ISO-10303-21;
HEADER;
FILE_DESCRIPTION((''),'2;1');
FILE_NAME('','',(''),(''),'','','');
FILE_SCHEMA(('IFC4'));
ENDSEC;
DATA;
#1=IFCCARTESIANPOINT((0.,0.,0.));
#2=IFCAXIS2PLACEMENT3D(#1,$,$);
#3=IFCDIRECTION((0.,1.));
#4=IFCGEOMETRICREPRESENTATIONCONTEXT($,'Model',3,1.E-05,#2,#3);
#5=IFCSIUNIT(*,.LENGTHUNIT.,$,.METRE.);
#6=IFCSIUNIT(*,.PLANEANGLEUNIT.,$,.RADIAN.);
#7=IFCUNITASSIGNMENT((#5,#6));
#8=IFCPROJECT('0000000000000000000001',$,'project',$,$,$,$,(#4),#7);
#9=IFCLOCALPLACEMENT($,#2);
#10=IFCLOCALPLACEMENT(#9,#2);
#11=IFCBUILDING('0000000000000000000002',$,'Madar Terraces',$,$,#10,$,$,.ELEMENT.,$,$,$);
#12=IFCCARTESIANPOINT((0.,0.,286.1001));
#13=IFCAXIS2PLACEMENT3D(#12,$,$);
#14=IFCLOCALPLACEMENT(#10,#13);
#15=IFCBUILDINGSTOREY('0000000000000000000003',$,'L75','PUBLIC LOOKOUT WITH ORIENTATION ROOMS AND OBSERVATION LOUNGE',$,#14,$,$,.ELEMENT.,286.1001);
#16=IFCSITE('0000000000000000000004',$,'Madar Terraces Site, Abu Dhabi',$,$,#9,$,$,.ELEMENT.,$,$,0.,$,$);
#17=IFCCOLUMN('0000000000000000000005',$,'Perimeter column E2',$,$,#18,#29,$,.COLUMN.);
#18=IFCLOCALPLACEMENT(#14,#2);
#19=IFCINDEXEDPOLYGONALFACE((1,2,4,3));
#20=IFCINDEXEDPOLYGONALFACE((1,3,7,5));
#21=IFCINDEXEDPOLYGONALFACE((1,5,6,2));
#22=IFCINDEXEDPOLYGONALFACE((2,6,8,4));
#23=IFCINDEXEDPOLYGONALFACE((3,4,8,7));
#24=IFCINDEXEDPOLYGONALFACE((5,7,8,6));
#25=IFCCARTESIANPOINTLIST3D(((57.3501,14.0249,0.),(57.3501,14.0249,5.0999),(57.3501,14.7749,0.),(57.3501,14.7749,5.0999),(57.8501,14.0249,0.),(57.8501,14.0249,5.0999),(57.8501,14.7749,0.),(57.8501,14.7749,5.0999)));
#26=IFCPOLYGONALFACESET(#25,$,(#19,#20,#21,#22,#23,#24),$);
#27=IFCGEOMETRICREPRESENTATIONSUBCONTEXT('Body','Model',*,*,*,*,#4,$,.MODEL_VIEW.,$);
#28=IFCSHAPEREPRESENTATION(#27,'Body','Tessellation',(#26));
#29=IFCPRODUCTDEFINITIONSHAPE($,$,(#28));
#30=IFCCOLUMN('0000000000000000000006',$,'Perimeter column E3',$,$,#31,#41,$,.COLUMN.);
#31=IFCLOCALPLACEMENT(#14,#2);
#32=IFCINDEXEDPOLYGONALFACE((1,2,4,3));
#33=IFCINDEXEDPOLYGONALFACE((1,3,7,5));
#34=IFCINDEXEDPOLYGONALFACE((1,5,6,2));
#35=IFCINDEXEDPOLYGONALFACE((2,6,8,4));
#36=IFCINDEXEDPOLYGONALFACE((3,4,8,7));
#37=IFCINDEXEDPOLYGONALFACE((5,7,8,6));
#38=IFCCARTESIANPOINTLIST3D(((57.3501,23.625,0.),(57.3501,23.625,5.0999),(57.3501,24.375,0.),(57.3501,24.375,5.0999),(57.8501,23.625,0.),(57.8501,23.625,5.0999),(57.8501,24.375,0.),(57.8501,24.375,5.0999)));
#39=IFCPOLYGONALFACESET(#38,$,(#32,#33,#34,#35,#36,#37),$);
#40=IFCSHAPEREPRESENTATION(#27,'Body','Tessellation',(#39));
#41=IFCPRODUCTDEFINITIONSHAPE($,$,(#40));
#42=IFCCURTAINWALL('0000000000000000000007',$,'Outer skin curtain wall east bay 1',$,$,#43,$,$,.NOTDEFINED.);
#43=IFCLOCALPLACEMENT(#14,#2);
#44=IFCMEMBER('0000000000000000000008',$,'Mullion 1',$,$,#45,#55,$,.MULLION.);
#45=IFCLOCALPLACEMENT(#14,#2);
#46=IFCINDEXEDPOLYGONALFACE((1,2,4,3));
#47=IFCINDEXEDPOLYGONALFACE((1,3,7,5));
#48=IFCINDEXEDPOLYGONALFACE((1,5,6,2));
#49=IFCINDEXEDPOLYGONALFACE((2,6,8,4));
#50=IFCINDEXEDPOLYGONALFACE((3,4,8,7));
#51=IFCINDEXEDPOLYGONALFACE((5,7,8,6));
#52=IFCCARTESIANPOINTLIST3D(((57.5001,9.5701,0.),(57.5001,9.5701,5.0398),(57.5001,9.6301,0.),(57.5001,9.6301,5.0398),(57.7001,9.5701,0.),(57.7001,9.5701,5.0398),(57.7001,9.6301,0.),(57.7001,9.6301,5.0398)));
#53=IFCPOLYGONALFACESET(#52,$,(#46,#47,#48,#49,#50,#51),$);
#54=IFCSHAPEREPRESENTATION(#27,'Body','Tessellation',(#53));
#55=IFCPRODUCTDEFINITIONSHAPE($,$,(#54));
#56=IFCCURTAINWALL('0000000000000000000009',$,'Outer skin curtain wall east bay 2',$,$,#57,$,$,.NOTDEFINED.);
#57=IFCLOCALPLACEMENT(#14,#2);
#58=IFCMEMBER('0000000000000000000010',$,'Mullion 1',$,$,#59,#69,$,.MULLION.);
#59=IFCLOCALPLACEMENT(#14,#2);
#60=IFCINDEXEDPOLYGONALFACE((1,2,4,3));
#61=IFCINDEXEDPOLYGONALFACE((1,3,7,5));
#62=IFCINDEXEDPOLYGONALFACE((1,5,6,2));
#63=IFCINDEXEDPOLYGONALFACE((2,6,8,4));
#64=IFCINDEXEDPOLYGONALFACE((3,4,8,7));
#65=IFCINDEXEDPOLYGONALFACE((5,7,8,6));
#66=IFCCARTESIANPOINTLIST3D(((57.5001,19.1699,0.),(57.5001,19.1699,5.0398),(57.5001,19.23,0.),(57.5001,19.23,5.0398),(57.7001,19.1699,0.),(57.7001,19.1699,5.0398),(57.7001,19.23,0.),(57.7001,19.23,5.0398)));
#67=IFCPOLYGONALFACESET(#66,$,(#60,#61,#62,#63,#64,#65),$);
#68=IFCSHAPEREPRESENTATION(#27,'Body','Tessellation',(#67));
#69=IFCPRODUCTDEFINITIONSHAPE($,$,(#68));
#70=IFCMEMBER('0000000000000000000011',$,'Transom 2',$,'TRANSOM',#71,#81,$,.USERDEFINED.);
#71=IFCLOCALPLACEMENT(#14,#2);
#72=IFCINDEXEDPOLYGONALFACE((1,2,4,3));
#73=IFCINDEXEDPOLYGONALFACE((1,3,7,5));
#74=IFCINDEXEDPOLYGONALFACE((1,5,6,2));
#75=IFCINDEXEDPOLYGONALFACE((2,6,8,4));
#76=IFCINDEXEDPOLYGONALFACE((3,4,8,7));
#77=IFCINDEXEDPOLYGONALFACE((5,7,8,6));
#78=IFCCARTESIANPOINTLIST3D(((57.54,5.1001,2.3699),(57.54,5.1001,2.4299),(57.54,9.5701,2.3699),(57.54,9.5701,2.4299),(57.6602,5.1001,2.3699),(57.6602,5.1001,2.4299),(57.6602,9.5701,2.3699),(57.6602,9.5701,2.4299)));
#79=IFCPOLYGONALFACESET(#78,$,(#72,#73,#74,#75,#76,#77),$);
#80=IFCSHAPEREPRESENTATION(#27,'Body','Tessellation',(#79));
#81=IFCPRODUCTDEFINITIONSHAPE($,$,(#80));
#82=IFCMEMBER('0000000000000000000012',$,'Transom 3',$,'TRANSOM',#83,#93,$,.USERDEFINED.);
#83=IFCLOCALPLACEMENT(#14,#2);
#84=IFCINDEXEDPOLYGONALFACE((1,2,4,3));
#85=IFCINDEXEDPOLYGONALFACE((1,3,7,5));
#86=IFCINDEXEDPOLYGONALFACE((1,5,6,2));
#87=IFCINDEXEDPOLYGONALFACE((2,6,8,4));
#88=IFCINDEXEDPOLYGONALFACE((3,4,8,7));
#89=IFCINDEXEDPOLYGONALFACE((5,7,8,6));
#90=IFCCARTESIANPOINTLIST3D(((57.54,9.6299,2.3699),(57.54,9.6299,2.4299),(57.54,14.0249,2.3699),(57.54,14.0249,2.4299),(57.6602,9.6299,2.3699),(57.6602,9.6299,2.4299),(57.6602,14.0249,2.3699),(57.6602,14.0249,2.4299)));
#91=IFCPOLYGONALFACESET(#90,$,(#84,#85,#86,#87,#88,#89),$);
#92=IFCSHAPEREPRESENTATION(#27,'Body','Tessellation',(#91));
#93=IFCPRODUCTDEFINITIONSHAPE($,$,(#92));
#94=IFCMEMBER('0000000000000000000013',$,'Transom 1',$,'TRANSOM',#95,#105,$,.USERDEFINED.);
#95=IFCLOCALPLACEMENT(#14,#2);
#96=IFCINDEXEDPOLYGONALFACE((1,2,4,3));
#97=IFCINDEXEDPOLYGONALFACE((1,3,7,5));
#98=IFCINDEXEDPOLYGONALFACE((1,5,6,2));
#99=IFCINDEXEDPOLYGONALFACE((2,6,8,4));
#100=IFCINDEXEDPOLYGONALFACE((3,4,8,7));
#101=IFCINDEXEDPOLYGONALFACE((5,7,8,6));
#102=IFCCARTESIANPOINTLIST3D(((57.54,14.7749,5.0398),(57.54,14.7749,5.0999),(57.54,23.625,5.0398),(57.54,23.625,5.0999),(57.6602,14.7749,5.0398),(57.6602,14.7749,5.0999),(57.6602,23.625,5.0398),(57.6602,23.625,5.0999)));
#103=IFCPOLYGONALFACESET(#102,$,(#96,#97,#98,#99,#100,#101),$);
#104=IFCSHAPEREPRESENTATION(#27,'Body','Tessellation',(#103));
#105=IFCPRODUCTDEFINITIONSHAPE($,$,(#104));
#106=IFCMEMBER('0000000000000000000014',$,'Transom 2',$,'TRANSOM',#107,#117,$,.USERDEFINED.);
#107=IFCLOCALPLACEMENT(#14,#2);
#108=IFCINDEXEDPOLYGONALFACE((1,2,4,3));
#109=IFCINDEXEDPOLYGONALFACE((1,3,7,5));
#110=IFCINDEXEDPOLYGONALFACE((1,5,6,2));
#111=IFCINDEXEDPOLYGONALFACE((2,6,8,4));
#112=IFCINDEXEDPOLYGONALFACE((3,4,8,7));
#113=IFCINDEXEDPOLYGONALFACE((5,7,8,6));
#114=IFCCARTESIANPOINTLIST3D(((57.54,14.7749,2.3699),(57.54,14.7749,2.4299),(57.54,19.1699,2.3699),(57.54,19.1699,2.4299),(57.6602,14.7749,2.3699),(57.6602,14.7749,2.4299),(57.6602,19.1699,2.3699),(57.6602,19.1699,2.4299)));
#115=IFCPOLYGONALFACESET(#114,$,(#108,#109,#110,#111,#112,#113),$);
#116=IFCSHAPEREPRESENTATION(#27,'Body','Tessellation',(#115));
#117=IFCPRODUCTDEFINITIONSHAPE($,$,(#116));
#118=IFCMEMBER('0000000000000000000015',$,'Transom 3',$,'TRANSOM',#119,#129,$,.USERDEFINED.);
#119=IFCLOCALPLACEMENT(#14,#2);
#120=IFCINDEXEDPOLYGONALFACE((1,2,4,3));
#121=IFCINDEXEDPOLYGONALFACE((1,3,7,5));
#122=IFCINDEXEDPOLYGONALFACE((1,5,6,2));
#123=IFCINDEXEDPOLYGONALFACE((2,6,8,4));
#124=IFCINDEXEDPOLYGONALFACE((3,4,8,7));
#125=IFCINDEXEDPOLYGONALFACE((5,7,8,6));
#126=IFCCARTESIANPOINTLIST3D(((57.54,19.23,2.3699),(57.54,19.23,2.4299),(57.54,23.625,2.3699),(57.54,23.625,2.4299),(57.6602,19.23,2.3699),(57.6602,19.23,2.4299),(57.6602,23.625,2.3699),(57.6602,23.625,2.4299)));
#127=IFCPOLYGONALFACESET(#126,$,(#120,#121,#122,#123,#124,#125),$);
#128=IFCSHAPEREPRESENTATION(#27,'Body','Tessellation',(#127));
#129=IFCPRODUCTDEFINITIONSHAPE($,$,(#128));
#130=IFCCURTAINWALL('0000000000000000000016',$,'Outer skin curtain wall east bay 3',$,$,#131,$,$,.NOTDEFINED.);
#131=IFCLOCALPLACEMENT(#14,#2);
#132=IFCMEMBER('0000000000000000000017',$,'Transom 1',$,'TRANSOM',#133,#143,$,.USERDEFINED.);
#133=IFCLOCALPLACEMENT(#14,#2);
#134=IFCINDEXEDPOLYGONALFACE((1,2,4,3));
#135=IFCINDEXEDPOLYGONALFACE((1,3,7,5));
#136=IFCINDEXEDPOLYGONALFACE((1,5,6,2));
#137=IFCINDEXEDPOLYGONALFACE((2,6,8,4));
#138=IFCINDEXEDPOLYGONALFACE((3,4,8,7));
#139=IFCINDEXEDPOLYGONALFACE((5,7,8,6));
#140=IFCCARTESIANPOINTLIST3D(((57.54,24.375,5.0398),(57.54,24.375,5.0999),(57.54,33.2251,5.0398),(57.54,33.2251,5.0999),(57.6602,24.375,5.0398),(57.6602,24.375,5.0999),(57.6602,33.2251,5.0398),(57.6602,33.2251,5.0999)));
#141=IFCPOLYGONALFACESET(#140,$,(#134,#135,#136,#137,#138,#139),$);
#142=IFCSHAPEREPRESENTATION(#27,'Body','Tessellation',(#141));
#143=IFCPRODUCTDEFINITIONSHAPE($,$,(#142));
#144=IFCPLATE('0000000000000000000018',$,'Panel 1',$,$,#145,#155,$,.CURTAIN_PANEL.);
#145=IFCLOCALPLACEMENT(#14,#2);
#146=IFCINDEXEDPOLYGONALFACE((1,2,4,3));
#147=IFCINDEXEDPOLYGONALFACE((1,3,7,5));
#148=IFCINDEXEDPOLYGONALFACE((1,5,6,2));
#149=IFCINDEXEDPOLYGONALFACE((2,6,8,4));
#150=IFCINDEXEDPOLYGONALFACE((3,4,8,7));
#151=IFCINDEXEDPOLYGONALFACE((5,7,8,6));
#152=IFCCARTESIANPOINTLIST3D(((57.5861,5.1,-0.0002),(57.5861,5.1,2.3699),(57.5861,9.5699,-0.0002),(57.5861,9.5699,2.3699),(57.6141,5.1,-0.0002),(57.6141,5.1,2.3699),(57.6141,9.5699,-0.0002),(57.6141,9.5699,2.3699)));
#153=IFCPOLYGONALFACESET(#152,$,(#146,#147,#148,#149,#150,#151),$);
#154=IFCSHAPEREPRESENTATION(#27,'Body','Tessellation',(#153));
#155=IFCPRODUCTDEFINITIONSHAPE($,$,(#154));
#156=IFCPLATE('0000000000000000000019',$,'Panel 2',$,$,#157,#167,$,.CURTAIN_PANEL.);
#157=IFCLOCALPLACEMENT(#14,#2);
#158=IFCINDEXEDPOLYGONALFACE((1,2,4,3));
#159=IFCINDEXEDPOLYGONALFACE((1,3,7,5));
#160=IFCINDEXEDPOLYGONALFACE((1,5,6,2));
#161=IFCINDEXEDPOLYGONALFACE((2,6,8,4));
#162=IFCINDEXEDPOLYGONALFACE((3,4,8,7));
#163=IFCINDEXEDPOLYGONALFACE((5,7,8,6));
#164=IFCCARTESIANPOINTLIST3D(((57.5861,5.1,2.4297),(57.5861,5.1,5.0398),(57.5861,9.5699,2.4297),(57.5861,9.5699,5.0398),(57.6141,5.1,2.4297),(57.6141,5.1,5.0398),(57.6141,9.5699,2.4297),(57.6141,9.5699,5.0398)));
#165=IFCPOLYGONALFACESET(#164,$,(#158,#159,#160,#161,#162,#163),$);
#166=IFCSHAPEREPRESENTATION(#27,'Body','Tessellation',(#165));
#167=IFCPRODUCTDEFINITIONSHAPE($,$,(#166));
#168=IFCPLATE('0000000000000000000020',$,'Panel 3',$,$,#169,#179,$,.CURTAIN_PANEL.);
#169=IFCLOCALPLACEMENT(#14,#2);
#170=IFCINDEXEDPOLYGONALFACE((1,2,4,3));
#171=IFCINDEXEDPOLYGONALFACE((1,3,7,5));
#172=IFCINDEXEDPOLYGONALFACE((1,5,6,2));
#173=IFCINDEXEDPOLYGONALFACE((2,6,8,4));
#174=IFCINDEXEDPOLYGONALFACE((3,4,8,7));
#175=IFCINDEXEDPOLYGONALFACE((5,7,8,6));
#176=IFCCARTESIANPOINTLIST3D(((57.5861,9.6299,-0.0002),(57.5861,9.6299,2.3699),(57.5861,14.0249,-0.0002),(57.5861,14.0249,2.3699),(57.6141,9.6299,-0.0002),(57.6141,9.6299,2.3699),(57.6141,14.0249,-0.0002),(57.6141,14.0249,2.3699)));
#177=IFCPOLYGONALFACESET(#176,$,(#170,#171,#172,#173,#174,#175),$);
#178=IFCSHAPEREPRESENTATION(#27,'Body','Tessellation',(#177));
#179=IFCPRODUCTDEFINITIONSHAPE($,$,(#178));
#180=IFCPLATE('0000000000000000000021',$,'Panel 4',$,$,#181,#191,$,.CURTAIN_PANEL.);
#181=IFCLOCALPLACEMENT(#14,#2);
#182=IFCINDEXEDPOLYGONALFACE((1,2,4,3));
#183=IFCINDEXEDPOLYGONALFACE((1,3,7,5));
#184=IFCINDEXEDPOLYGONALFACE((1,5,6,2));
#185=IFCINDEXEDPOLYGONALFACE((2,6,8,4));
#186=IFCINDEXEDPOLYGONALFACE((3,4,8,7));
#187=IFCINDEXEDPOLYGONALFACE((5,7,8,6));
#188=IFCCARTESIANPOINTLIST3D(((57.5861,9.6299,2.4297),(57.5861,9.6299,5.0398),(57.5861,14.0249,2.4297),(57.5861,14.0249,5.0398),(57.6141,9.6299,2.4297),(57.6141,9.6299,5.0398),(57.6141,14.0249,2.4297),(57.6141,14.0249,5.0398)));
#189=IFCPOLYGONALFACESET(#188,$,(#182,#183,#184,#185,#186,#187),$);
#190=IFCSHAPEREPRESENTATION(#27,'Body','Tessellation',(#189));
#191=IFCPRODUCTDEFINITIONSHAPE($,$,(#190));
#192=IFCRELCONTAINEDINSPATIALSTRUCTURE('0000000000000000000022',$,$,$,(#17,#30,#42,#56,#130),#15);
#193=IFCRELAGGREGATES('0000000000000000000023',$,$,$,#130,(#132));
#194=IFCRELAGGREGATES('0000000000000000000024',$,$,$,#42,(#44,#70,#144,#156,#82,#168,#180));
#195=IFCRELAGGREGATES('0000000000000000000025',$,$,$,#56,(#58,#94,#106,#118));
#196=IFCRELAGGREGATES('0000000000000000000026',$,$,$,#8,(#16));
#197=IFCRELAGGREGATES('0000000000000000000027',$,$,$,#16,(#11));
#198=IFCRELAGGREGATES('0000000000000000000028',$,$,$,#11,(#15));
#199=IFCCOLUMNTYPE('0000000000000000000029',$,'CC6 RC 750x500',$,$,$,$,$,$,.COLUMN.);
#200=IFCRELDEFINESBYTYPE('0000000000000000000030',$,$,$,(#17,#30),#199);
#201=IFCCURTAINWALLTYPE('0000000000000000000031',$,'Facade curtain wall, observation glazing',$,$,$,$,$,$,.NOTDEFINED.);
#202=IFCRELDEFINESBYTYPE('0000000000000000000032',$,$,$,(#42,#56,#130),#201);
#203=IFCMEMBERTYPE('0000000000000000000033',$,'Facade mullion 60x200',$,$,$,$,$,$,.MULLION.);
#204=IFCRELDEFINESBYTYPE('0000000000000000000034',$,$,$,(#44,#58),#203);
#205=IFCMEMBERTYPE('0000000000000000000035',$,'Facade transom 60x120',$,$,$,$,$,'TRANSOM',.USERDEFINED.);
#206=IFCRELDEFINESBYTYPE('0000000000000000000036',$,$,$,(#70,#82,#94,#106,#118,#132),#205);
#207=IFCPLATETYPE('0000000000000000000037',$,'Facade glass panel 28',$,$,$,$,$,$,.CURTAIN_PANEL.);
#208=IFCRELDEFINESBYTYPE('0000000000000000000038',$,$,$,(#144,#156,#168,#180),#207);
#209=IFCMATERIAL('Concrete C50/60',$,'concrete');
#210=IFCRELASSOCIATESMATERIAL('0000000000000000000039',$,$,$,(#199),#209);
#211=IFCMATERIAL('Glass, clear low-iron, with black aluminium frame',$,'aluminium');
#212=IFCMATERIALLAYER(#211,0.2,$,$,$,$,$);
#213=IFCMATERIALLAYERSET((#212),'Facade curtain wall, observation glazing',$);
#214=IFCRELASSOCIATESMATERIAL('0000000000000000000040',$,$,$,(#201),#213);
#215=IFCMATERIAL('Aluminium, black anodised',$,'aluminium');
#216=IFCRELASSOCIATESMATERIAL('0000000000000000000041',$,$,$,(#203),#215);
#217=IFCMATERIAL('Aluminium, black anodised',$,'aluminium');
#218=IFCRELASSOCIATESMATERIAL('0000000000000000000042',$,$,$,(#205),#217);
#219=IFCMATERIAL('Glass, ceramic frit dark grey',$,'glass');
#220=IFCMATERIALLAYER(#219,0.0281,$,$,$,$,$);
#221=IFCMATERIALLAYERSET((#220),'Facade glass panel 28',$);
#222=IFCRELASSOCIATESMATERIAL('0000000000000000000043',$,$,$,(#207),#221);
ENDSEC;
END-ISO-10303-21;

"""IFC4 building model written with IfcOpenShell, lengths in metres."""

from ifc_helpers import new_model, si_unit, direction, frame, origin, origin_2d, place, context, subcontext, project, spatial, rectangle, extrude, material, layer, layer_set, material_profile, profile_set, type_object, element, aggregate, save


model = new_model("IFC4")

# Units and contexts
model_context = context("Model", 3, precision=1e-05, world=origin(), true_north=direction((0.0, 1.0)))
body_context = subcontext(model_context, "Body", "Model", "MODEL_VIEW")
ifc_project = project(units=[si_unit("LENGTHUNIT", "METRE"), si_unit("PLANEANGLEUNIT", "RADIAN")], contexts=[model_context])

# Site, building, storey
site_placement = place(None, origin())
site = spatial("IfcSite", under=ifc_project, at=site_placement, Name="Madar Terraces Site, Abu Dhabi", CompositionType="ELEMENT", RefElevation=0.0)
building_placement = place(site_placement, origin())
building = spatial("IfcBuilding", under=site, at=building_placement, Name="Madar Terraces", CompositionType="ELEMENT")
storey_placement = place(building_placement, frame((0.0, 0.0, 286.1001)))
storey = spatial("IfcBuildingStorey", under=building, at=storey_placement, Name="L75", Description="PUBLIC LOOKOUT WITH ORIENTATION ROOMS AND OBSERVATION LOUNGE", CompositionType="ELEMENT", Elevation=286.1001)

# Columns
ifc_material_1 = material(Name="Concrete C50/60", Category="concrete")
ifc_material_profile_1 = material_profile(ifc_material_1, rectangle(XDim=0.75, YDim=0.5, at=origin_2d()), Name="CC6 RC 750x500")
ifc_profile_set_1 = profile_set([ifc_material_profile_1], Name="Concrete C50/60")
column_type = type_object("IfcColumnType", Name="CC6 RC 750x500", PredefinedType="COLUMN", material=ifc_profile_set_1)
for number, where, z_axis, x_axis, name in (
    (1, (57.6001, 14.3999, 0.0), (0.0, 0.0, 1.0), (0.0, 1.0, 0.0), "Perimeter column E2"),
    (2, (57.6001, 24.0, 0.0), (0.0, 0.0, 1.0), (0.0, 1.0, 0.0), "Perimeter column E3"),
):
    element("IfcColumn", number, at=place(storey_placement, frame(where, z_axis=z_axis, x_axis=x_axis)), inside=storey, type_object=column_type, Name=name, PredefinedType="COLUMN", context=body_context, shape_type="SweptSolid", body=[
        extrude(rectangle(XDim=0.75, YDim=0.5, at=origin_2d()), origin(), (0.0, 0.0, 1.0), 5.0999),
    ])

# Curtain walls, members
ifc_material_2 = material(Name="Glass, clear low-iron, with black aluminium frame", Category="aluminium")
ifc_layer_1 = layer(ifc_material_2, 0.2)
ifc_layer_set_1 = layer_set([ifc_layer_1], Name="Facade curtain wall, observation glazing")
curtain_wall_type = type_object("IfcCurtainWallType", Name="Facade curtain wall, observation glazing", PredefinedType="NOTDEFINED", material=ifc_layer_set_1)
curtain_wall_1_placement = place(storey_placement, origin())
curtain_wall_1 = element("IfcCurtainWall", 3, at=curtain_wall_1_placement, inside=storey, type_object=curtain_wall_type, Name="Outer skin curtain wall east bay 1", PredefinedType="NOTDEFINED")
ifc_material_3 = material(Name="Aluminium, black anodised", Category="aluminium")
ifc_material_profile_2 = material_profile(ifc_material_3, rectangle(XDim=0.2, YDim=0.0601, at=origin_2d()), Name="Facade mullion 60x200")
ifc_profile_set_2 = profile_set([ifc_material_profile_2], Name="Aluminium, black anodised")
member_type_1 = type_object("IfcMemberType", Name="Facade mullion 60x200", PredefinedType="MULLION", material=ifc_profile_set_2)
member_1_placement = place(storey_placement, frame((57.6001, 9.6001, 0.0), z_axis=(0.0, 0.0, 1.0), x_axis=(-1.0, 0.0, 0.0)))
member_1 = element("IfcMember", 4, at=member_1_placement, type_object=member_type_1, Name="Mullion 1", PredefinedType="MULLION", context=body_context, shape_type="SweptSolid", body=[
    extrude(rectangle(XDim=0.2, YDim=0.0601, at=origin_2d()), origin(), (0.0, 0.0, 1.0), 5.0398),
])
curtain_wall_2_placement = place(storey_placement, origin())
curtain_wall_2 = element("IfcCurtainWall", 5, at=curtain_wall_2_placement, inside=storey, type_object=curtain_wall_type, Name="Outer skin curtain wall east bay 2", PredefinedType="NOTDEFINED")
member_2_placement = place(storey_placement, frame((57.6001, 19.2, 0.0), z_axis=(0.0, 0.0, 1.0), x_axis=(-1.0, 0.0, 0.0)))
member_2 = element("IfcMember", 6, at=member_2_placement, type_object=member_type_1, Name="Mullion 1", PredefinedType="MULLION", context=body_context, shape_type="SweptSolid", body=[
    extrude(rectangle(XDim=0.2, YDim=0.0601, at=origin_2d()), origin(), (0.0, 0.0, 1.0), 5.0398),
])

# Members
ifc_material_4 = material(Name="Aluminium, black anodised", Category="aluminium")
ifc_material_profile_3 = material_profile(ifc_material_4, rectangle(XDim=0.1201, YDim=0.0601, at=origin_2d()), Name="Facade transom 60x120")
ifc_profile_set_3 = profile_set([ifc_material_profile_3], Name="Aluminium, black anodised")
member_type_2 = type_object("IfcMemberType", Name="Facade transom 60x120", ElementType="TRANSOM", PredefinedType="USERDEFINED", material=ifc_profile_set_3)
member_3_placement = place(storey_placement, frame((57.6001, 5.1001, 2.3999), z_axis=(0.0, 1.0, 0.0), x_axis=(-1.0, 0.0, 0.0)))
member_3 = element("IfcMember", 7, at=member_3_placement, type_object=member_type_2, Name="Transom 2", ObjectType="TRANSOM", PredefinedType="USERDEFINED", context=body_context, shape_type="SweptSolid", body=[
    extrude(rectangle(XDim=0.1201, YDim=0.0601, at=origin_2d()), origin(), (0.0, 0.0, 1.0), 4.47),
])
member_4_placement = place(storey_placement, frame((57.6001, 9.6299, 2.3999), z_axis=(0.0, 1.0, 0.0), x_axis=(-1.0, 0.0, 0.0)))
member_4 = element("IfcMember", 8, at=member_4_placement, type_object=member_type_2, Name="Transom 3", ObjectType="TRANSOM", PredefinedType="USERDEFINED", context=body_context, shape_type="SweptSolid", body=[
    extrude(rectangle(XDim=0.1201, YDim=0.0601, at=origin_2d()), origin(), (0.0, 0.0, 1.0), 4.395),
])
member_5_placement = place(storey_placement, frame((57.6001, 14.7749, 5.0698), z_axis=(0.0, 1.0, 0.0), x_axis=(-1.0, 0.0, 0.0)))
member_5 = element("IfcMember", 9, at=member_5_placement, type_object=member_type_2, Name="Transom 1", ObjectType="TRANSOM", PredefinedType="USERDEFINED", context=body_context, shape_type="SweptSolid", body=[
    extrude(rectangle(XDim=0.1201, YDim=0.0601, at=origin_2d()), origin(), (0.0, 0.0, 1.0), 8.8501),
])
member_6_placement = place(storey_placement, frame((57.6001, 14.7749, 2.3999), z_axis=(0.0, 1.0, 0.0), x_axis=(-1.0, 0.0, 0.0)))
member_6 = element("IfcMember", 10, at=member_6_placement, type_object=member_type_2, Name="Transom 2", ObjectType="TRANSOM", PredefinedType="USERDEFINED", context=body_context, shape_type="SweptSolid", body=[
    extrude(rectangle(XDim=0.1201, YDim=0.0601, at=origin_2d()), origin(), (0.0, 0.0, 1.0), 4.395),
])
member_7_placement = place(storey_placement, frame((57.6001, 19.23, 2.3999), z_axis=(0.0, 1.0, 0.0), x_axis=(-1.0, 0.0, 0.0)))
member_7 = element("IfcMember", 11, at=member_7_placement, type_object=member_type_2, Name="Transom 3", ObjectType="TRANSOM", PredefinedType="USERDEFINED", context=body_context, shape_type="SweptSolid", body=[
    extrude(rectangle(XDim=0.1201, YDim=0.0601, at=origin_2d()), origin(), (0.0, 0.0, 1.0), 4.395),
])

# Curtain wall, member
curtain_wall_3_placement = place(storey_placement, origin())
curtain_wall_3 = element("IfcCurtainWall", 12, at=curtain_wall_3_placement, inside=storey, type_object=curtain_wall_type, Name="Outer skin curtain wall east bay 3", PredefinedType="NOTDEFINED")
member_8_placement = place(storey_placement, frame((57.6001, 24.375, 5.0698), z_axis=(0.0, 1.0, 0.0), x_axis=(-1.0, 0.0, 0.0)))
member_8 = element("IfcMember", 13, at=member_8_placement, type_object=member_type_2, Name="Transom 1", ObjectType="TRANSOM", PredefinedType="USERDEFINED", context=body_context, shape_type="SweptSolid", body=[
    extrude(rectangle(XDim=0.1201, YDim=0.0601, at=origin_2d()), origin(), (0.0, 0.0, 1.0), 8.8501),
])
aggregate(curtain_wall_3, [member_8])

# Plates
ifc_material_5 = material(Name="Glass, ceramic frit dark grey", Category="glass")
ifc_layer_2 = layer(ifc_material_5, 0.0281)
ifc_layer_set_2 = layer_set([ifc_layer_2], Name="Facade glass panel 28")
plate_type = type_object("IfcPlateType", Name="Facade glass panel 28", PredefinedType="CURTAIN_PANEL", material=ifc_layer_set_2)
plate_1_placement = place(storey_placement, frame((57.6001, 7.335, -0.0002), z_axis=(0.0, 0.0, 1.0), x_axis=(0.0, 1.0, 0.0)))
plate_1 = element("IfcPlate", 14, at=plate_1_placement, type_object=plate_type, Name="Panel 1", PredefinedType="CURTAIN_PANEL", context=body_context, shape_type="SweptSolid", body=[
    extrude(rectangle(XDim=4.47, YDim=0.0281, at=origin_2d()), origin(), (0.0, 0.0, 1.0), 2.3701),
])
plate_2_placement = place(storey_placement, frame((57.6001, 7.335, 2.4297), z_axis=(0.0, 0.0, 1.0), x_axis=(0.0, 1.0, 0.0)))
plate_2 = element("IfcPlate", 15, at=plate_2_placement, type_object=plate_type, Name="Panel 2", PredefinedType="CURTAIN_PANEL", context=body_context, shape_type="SweptSolid", body=[
    extrude(rectangle(XDim=4.47, YDim=0.0281, at=origin_2d()), origin(), (0.0, 0.0, 1.0), 2.6101),
])
plate_3_placement = place(storey_placement, frame((57.6001, 11.8274, -0.0002), z_axis=(0.0, 0.0, 1.0), x_axis=(0.0, 1.0, 0.0)))
plate_3 = element("IfcPlate", 16, at=plate_3_placement, type_object=plate_type, Name="Panel 3", PredefinedType="CURTAIN_PANEL", context=body_context, shape_type="SweptSolid", body=[
    extrude(rectangle(XDim=4.395, YDim=0.0281, at=origin_2d()), origin(), (0.0, 0.0, 1.0), 2.3701),
])
plate_4_placement = place(storey_placement, frame((57.6001, 11.8274, 2.4297), z_axis=(0.0, 0.0, 1.0), x_axis=(0.0, 1.0, 0.0)))
plate_4 = element("IfcPlate", 17, at=plate_4_placement, type_object=plate_type, Name="Panel 4", PredefinedType="CURTAIN_PANEL", context=body_context, shape_type="SweptSolid", body=[
    extrude(rectangle(XDim=4.395, YDim=0.0281, at=origin_2d()), origin(), (0.0, 0.0, 1.0), 2.6101),
])
aggregate(curtain_wall_1, [member_1, member_3, plate_1, plate_2, member_4, plate_3, plate_4])
aggregate(curtain_wall_2, [member_2, member_5, member_6, member_7])

save(model, "model.ifc")
